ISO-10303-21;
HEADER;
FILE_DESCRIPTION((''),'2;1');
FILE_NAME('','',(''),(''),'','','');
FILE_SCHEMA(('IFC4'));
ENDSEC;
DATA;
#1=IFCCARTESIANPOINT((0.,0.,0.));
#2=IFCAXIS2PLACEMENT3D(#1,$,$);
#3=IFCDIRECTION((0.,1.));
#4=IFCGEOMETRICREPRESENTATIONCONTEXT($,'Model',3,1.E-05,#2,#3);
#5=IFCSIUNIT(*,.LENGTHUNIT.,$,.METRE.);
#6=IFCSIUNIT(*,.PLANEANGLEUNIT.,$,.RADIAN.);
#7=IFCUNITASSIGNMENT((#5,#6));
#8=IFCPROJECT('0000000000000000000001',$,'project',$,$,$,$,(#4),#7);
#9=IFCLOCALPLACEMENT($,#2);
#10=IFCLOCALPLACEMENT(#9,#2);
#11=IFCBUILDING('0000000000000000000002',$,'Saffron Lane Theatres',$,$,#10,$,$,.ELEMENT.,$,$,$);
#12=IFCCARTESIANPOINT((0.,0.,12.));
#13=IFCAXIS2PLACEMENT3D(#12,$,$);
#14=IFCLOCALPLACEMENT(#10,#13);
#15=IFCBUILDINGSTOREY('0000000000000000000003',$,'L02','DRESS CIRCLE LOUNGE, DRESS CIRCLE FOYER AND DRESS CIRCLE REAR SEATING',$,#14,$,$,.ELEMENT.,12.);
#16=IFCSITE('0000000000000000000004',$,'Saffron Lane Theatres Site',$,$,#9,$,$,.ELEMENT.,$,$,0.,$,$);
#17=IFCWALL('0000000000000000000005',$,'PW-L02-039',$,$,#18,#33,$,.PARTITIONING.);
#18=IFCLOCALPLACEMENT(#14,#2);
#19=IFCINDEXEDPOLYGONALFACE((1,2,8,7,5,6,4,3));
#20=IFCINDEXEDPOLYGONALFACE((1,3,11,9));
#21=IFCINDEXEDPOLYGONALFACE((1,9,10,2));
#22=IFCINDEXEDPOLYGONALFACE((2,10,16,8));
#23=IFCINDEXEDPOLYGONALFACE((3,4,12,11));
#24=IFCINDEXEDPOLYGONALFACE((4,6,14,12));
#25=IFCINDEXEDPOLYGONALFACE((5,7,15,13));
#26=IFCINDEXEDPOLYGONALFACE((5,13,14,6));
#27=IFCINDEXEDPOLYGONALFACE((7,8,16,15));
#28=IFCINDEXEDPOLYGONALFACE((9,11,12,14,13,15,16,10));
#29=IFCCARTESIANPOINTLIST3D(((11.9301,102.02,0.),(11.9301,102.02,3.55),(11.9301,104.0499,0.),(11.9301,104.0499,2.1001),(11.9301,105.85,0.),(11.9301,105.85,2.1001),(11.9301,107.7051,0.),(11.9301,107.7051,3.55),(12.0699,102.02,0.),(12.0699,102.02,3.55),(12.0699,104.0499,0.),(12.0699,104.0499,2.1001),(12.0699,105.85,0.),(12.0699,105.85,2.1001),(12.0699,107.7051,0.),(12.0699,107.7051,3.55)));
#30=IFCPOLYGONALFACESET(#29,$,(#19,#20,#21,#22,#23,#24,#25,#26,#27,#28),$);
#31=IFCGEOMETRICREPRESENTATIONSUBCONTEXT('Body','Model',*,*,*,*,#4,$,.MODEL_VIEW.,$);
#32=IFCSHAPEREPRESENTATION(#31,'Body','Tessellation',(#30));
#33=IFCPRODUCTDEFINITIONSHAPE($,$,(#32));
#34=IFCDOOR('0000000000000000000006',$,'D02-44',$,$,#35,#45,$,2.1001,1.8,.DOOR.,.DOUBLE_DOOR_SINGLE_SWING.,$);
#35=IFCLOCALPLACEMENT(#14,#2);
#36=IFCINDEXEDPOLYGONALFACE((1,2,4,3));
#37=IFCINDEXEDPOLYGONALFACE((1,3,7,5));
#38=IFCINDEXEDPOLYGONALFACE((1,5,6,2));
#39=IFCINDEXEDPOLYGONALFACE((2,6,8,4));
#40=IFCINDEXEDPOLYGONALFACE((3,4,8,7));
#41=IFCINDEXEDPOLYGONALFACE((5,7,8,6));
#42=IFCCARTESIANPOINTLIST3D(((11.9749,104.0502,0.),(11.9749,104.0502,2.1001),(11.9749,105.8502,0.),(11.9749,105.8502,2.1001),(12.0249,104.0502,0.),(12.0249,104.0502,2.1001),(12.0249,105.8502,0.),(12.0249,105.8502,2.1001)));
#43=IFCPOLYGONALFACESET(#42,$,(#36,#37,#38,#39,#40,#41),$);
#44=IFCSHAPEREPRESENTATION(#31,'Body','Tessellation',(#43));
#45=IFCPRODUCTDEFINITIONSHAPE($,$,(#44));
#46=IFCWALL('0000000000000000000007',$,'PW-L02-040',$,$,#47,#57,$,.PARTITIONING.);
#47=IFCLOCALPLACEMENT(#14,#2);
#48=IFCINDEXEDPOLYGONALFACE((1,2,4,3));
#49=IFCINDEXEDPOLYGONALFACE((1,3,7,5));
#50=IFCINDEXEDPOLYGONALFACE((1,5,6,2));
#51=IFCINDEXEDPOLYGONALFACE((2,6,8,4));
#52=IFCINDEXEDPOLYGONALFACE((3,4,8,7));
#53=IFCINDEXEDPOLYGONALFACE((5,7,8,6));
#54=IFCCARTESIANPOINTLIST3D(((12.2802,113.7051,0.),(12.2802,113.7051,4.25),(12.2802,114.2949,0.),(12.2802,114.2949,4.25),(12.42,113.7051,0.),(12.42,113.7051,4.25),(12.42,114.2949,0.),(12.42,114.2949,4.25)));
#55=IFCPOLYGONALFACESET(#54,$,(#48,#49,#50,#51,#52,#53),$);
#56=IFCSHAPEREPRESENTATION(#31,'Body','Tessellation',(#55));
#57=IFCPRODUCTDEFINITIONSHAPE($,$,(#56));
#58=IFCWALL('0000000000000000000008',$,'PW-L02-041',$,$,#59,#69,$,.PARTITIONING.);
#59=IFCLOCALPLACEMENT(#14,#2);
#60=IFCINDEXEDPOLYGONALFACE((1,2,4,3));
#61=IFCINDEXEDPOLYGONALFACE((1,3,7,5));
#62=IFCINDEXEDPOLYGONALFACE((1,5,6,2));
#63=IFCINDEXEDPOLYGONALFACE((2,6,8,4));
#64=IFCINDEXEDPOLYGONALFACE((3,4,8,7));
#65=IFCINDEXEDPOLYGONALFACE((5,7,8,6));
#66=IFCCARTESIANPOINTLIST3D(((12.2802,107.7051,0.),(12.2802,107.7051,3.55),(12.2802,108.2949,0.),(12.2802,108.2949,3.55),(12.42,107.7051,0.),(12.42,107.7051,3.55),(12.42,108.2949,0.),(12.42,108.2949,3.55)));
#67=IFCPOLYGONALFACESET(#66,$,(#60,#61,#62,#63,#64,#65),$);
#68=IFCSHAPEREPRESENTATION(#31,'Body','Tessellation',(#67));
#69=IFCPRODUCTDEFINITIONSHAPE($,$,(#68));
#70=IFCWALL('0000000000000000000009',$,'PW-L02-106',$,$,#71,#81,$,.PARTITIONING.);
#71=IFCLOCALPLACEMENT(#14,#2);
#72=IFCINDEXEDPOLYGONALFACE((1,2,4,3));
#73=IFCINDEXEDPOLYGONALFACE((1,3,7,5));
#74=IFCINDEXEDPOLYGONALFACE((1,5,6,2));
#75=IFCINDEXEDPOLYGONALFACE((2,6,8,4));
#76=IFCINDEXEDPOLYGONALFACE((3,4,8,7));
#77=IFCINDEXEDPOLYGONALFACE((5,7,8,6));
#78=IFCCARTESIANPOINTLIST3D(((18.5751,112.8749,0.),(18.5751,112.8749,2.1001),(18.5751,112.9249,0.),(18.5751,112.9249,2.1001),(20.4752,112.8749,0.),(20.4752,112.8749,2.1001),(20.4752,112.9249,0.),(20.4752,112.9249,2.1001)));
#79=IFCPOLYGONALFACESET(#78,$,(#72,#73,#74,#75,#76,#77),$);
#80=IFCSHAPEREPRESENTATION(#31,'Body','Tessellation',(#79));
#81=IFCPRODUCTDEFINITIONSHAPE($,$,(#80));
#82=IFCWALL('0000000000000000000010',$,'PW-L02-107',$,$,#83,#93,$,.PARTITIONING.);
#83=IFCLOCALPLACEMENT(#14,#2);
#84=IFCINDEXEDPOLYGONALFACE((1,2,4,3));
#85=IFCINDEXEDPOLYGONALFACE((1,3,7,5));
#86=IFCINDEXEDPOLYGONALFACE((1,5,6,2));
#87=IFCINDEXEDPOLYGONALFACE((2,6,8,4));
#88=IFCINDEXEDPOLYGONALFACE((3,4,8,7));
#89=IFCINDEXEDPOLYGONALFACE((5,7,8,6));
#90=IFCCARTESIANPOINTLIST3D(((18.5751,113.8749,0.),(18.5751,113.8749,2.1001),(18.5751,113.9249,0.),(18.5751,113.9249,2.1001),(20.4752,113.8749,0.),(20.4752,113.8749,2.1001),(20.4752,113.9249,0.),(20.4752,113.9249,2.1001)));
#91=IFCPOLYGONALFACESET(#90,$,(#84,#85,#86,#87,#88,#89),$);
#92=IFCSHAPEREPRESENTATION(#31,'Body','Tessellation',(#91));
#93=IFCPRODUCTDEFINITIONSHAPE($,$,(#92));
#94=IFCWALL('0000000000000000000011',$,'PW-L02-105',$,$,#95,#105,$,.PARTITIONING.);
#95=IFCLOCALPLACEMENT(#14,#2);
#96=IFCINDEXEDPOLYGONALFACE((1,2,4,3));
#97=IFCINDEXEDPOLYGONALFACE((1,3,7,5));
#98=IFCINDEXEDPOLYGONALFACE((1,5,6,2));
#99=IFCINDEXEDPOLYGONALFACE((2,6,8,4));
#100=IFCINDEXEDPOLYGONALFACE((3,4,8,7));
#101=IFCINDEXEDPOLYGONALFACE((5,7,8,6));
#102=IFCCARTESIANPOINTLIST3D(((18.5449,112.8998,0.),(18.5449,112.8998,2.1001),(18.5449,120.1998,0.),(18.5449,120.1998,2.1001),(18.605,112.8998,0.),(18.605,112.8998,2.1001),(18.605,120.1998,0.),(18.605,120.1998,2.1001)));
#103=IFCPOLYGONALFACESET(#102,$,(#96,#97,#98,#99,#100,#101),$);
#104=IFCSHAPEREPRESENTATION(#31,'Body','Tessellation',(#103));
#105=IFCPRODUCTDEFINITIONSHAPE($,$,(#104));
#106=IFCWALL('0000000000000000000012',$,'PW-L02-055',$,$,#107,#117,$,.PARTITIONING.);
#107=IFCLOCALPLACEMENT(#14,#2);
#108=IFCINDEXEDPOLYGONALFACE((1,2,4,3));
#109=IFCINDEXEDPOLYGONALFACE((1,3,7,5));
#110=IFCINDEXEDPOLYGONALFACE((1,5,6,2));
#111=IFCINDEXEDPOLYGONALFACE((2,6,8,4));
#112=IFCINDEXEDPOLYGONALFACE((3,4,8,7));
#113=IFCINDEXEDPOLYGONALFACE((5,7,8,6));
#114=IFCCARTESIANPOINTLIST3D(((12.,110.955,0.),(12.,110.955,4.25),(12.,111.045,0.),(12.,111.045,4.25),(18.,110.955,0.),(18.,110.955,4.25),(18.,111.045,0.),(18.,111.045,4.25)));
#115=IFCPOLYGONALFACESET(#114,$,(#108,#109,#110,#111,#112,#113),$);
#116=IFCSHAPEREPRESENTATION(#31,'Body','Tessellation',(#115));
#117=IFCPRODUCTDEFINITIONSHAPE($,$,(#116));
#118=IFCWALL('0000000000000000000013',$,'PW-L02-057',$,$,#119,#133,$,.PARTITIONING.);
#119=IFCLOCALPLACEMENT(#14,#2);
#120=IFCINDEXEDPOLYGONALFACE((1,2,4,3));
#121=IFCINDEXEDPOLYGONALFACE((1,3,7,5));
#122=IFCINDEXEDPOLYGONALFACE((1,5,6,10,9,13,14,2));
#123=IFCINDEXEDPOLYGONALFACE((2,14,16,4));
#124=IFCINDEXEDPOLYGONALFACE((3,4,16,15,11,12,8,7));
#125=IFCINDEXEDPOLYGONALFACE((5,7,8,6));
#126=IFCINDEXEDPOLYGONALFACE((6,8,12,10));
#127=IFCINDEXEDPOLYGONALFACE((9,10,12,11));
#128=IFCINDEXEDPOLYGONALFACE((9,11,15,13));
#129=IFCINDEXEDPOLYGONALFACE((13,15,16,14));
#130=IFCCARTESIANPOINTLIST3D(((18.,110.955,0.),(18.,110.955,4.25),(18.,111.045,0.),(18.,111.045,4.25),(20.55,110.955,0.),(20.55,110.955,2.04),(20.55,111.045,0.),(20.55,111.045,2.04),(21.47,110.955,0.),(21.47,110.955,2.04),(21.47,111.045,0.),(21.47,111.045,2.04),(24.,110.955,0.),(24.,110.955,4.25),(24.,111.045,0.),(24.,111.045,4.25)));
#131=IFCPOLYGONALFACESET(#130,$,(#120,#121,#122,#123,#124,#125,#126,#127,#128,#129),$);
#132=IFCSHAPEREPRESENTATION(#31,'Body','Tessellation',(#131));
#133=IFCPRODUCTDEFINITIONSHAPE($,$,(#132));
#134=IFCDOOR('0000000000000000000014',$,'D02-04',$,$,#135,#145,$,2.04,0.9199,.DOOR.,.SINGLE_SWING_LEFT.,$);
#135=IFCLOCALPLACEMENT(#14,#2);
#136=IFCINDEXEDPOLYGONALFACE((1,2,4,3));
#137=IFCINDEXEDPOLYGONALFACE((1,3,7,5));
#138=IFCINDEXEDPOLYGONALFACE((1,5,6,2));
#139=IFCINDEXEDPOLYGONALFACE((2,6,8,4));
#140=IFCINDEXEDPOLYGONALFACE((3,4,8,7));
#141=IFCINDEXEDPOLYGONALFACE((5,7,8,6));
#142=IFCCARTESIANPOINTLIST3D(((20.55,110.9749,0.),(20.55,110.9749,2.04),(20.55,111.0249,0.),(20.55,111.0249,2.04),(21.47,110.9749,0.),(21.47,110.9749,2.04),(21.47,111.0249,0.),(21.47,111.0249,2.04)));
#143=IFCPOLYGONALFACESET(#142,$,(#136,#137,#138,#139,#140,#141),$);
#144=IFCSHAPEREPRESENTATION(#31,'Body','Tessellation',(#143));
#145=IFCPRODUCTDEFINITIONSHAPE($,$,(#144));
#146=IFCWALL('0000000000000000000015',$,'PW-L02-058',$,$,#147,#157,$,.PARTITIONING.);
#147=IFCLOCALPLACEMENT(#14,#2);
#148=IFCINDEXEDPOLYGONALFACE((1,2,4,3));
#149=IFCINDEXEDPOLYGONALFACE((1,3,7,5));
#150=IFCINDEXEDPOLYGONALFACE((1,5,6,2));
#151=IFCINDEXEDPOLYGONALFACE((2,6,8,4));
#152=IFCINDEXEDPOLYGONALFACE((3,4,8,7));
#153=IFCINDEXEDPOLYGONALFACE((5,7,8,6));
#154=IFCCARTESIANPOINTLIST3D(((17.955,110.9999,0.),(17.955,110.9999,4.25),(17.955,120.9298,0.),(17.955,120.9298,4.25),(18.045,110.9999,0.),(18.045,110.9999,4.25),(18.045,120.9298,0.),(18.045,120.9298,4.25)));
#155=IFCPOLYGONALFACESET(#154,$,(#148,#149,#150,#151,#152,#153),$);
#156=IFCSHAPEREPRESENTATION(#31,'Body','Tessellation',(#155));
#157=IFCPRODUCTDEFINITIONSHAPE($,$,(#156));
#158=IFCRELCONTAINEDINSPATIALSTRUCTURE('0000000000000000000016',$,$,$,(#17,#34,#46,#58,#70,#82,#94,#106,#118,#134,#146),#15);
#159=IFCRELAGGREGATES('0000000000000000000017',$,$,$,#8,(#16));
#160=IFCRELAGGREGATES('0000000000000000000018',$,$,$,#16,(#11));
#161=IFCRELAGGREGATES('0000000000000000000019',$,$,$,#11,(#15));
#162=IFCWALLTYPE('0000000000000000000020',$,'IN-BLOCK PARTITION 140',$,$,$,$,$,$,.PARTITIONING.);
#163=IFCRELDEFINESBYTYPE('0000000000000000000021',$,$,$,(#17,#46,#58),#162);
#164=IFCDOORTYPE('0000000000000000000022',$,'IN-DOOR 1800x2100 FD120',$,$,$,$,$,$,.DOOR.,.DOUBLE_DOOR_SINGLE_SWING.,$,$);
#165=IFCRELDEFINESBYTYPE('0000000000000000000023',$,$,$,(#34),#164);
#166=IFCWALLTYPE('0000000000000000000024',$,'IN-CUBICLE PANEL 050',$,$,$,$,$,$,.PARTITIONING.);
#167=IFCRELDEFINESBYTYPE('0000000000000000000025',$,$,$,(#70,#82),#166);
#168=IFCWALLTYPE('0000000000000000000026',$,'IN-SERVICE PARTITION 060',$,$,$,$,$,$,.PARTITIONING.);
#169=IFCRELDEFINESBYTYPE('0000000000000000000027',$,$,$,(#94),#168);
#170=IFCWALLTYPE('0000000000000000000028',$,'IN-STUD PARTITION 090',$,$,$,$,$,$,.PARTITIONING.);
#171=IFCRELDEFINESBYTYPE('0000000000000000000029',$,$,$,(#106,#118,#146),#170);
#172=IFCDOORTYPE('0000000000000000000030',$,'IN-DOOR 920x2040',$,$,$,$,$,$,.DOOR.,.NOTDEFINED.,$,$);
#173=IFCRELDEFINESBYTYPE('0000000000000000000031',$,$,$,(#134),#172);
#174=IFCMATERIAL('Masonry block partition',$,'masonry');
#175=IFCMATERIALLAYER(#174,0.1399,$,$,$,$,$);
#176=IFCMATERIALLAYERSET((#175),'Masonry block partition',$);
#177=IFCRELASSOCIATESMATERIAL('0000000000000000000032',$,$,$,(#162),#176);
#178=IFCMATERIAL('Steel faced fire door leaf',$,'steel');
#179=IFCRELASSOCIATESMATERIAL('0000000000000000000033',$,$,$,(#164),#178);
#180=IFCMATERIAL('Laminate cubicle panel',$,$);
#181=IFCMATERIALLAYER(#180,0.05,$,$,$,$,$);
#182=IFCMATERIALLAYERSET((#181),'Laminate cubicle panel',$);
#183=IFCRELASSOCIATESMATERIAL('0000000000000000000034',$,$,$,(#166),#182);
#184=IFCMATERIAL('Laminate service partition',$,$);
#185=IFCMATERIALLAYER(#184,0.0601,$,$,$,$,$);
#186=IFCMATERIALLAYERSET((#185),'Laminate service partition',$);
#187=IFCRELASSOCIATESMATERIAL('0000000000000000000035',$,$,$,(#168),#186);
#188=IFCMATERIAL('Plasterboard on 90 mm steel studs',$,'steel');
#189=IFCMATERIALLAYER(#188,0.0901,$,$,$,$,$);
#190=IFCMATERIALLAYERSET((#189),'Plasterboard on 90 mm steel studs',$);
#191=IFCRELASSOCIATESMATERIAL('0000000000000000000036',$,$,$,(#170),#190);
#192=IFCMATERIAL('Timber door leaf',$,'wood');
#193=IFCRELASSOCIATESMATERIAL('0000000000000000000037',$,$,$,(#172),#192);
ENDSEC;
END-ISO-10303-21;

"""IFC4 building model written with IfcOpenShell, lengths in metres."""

from ifc_helpers import new_model, si_unit, direction, frame, frame_2d, origin, place, context, subcontext, project, spatial, rectangle, extrude, material, layer, layer_set, type_object, element, fill, save


model = new_model("IFC4")

# Units and contexts
model_context = context("Model", 3, precision=1e-05, world=origin(), true_north=direction((0.0, 1.0)))
body_context = subcontext(model_context, "Body", "Model", "MODEL_VIEW")
ifc_project = project(units=[si_unit("LENGTHUNIT", "METRE"), si_unit("PLANEANGLEUNIT", "RADIAN")], contexts=[model_context])

# Site, building, storey
site_placement = place(None, origin())
site = spatial("IfcSite", under=ifc_project, at=site_placement, Name="Saffron Lane Theatres Site", CompositionType="ELEMENT", RefElevation=0.0)
building_placement = place(site_placement, origin())
building = spatial("IfcBuilding", under=site, at=building_placement, Name="Saffron Lane Theatres", CompositionType="ELEMENT")
storey_placement = place(building_placement, frame((0.0, 0.0, 12.0)))
storey = spatial("IfcBuildingStorey", under=building, at=storey_placement, Name="L02", Description="DRESS CIRCLE LOUNGE, DRESS CIRCLE FOYER AND DRESS CIRCLE REAR SEATING", CompositionType="ELEMENT", Elevation=12.0)

# Wall, opening, door
ifc_material_1 = material(Name="Masonry block partition", Category="masonry")
ifc_layer_1 = layer(ifc_material_1, 0.1399)
ifc_layer_set_1 = layer_set([ifc_layer_1], Name="Masonry block partition")
wall_type_1 = type_object("IfcWallType", Name="IN-BLOCK PARTITION 140", PredefinedType="PARTITIONING", material=ifc_layer_set_1)
ifc_material_2 = material(Name="Steel faced fire door leaf", Category="steel")
door_type_1 = type_object("IfcDoorType", Name="IN-DOOR 1800x2100 FD120", OperationType="DOUBLE_DOOR_SINGLE_SWING", PredefinedType="DOOR", material=ifc_material_2)
wall_1_placement = place(storey_placement, frame((12.0, 102.02, 0.0), z_axis=(0.0, 0.0, 1.0), x_axis=(0.0, 1.0, 0.0)))
wall_1 = element("IfcWall", 1, at=wall_1_placement, inside=storey, type_object=wall_type_1, Name="PW-L02-039", PredefinedType="PARTITIONING", context=body_context, shape_type="SweptSolid", body=[
    extrude(rectangle(XDim=5.6851, YDim=0.1399, at=frame_2d((2.8425, 0.0))), origin(), (0.0, 0.0, 1.0), 3.55),
])
opening_1_placement = place(wall_1_placement, frame((2.03, 0.0, 0.0)))
opening_1 = element("IfcOpeningElement", 2, at=opening_1_placement, cuts=wall_1, PredefinedType="OPENING", context=body_context, shape_type="SweptSolid", body=[
    extrude(rectangle(XDim=1.8, YDim=2.1001, at=frame_2d((0.8999, 1.05))), frame((0.0, 0.0801, 0.0), z_axis=(0.0, -1.0, 0.0), x_axis=(1.0, 0.0, 0.0)), (0.0, 0.0, 1.0), 0.1599),
])
door_1_placement = place(opening_1_placement, frame((1.8, 0.0, 0.0), z_axis=(0.0, 0.0, 1.0), x_axis=(-1.0, 0.0, 0.0)))
door_1 = element("IfcDoor", 3, at=door_1_placement, inside=storey, type_object=door_type_1, Name="D02-44", OperationType="DOUBLE_DOOR_SINGLE_SWING", OverallHeight=2.1001, OverallWidth=1.8, PredefinedType="DOOR", context=body_context, shape_type="SweptSolid", body=[
    extrude(rectangle(XDim=1.8, YDim=2.1001, at=frame_2d((0.8999, 1.05))), frame((0.0, 0.0249, 0.0), z_axis=(0.0, -1.0, 0.0), x_axis=(1.0, 0.0, 0.0)), (0.0, 0.0, 1.0), 0.05),
])
fill(opening_1, door_1)

# Walls
wall_2_placement = place(storey_placement, frame((12.3501, 113.7051, 0.0), z_axis=(0.0, 0.0, 1.0), x_axis=(0.0, 1.0, 0.0)))
element("IfcWall", 4, at=wall_2_placement, inside=storey, type_object=wall_type_1, Name="PW-L02-040", PredefinedType="PARTITIONING", context=body_context, shape_type="SweptSolid", body=[
    extrude(rectangle(XDim=0.5898, YDim=0.1399, at=frame_2d((0.2949, 0.0))), origin(), (0.0, 0.0, 1.0), 4.25),
])
wall_3_placement = place(storey_placement, frame((12.3501, 107.7051, 0.0), z_axis=(0.0, 0.0, 1.0), x_axis=(0.0, 1.0, 0.0)))
element("IfcWall", 5, at=wall_3_placement, inside=storey, type_object=wall_type_1, Name="PW-L02-041", PredefinedType="PARTITIONING", context=body_context, shape_type="SweptSolid", body=[
    extrude(rectangle(XDim=0.5898, YDim=0.1399, at=frame_2d((0.2949, 0.0))), origin(), (0.0, 0.0, 1.0), 3.55),
])
ifc_material_3 = material(Name="Laminate cubicle panel")
ifc_layer_2 = layer(ifc_material_3, 0.05)
ifc_layer_set_2 = layer_set([ifc_layer_2], Name="Laminate cubicle panel")
wall_type_2 = type_object("IfcWallType", Name="IN-CUBICLE PANEL 050", PredefinedType="PARTITIONING", material=ifc_layer_set_2)
for number, where, z_axis, x_axis, name in (
    (6, (18.575, 112.8999, 0.0), (0.0, 0.0, 1.0), (1.0, 0.0, 0.0), "PW-L02-106"),
    (7, (18.575, 113.8999, 0.0), (0.0, 0.0, 1.0), (1.0, 0.0, 0.0), "PW-L02-107"),
):
    element("IfcWall", number, at=place(storey_placement, frame(where, z_axis=z_axis, x_axis=x_axis)), inside=storey, type_object=wall_type_2, Name=name, PredefinedType="PARTITIONING", context=body_context, shape_type="SweptSolid", body=[
        extrude(rectangle(XDim=1.9001, YDim=0.05, at=frame_2d((0.9502, 0.0))), origin(), (0.0, 0.0, 1.0), 2.1001),
    ])
ifc_material_4 = material(Name="Laminate service partition")
ifc_layer_3 = layer(ifc_material_4, 0.0601)
ifc_layer_set_3 = layer_set([ifc_layer_3], Name="Laminate service partition")
wall_type_3 = type_object("IfcWallType", Name="IN-SERVICE PARTITION 060", PredefinedType="PARTITIONING", material=ifc_layer_set_3)
wall_4_placement = place(storey_placement, frame((18.575, 112.8999, 0.0), z_axis=(0.0, 0.0, 1.0), x_axis=(0.0, 1.0, 0.0)))
element("IfcWall", 8, at=wall_4_placement, inside=storey, type_object=wall_type_3, Name="PW-L02-105", PredefinedType="PARTITIONING", context=body_context, shape_type="SweptSolid", body=[
    extrude(rectangle(XDim=7.3, YDim=0.0601, at=frame_2d((3.6499, 0.0))), origin(), (0.0, 0.0, 1.0), 2.1001),
])
ifc_material_5 = material(Name="Plasterboard on 90 mm steel studs", Category="steel")
ifc_layer_4 = layer(ifc_material_5, 0.0901)
ifc_layer_set_4 = layer_set([ifc_layer_4], Name="Plasterboard on 90 mm steel studs")
wall_type_4 = type_object("IfcWallType", Name="IN-STUD PARTITION 090", PredefinedType="PARTITIONING", material=ifc_layer_set_4)
wall_5_placement = place(storey_placement, frame((12.0, 111.0, 0.0), z_axis=(0.0, 0.0, 1.0), x_axis=(1.0, 0.0, 0.0)))
element("IfcWall", 9, at=wall_5_placement, inside=storey, type_object=wall_type_4, Name="PW-L02-055", PredefinedType="PARTITIONING", context=body_context, shape_type="SweptSolid", body=[
    extrude(rectangle(XDim=6.0, YDim=0.0901, at=frame_2d((3.0, 0.0))), origin(), (0.0, 0.0, 1.0), 4.25),
])

# Wall, opening, door
wall_6_placement = place(storey_placement, frame((18.0, 111.0, 0.0), z_axis=(0.0, 0.0, 1.0), x_axis=(1.0, 0.0, 0.0)))
wall_6 = element("IfcWall", 10, at=wall_6_placement, inside=storey, type_object=wall_type_4, Name="PW-L02-057", PredefinedType="PARTITIONING", context=body_context, shape_type="SweptSolid", body=[
    extrude(rectangle(XDim=6.0, YDim=0.0901, at=frame_2d((3.0, 0.0))), origin(), (0.0, 0.0, 1.0), 4.25),
])
opening_2_placement = place(wall_6_placement, frame((2.55, 0.0, 0.0)))
opening_2 = element("IfcOpeningElement", 11, at=opening_2_placement, cuts=wall_6, PredefinedType="OPENING", context=body_context, shape_type="SweptSolid", body=[
    extrude(rectangle(XDim=0.9199, YDim=2.04, at=frame_2d((0.46, 1.02))), frame((0.0, 0.0552, 0.0), z_axis=(0.0, -1.0, 0.0), x_axis=(1.0, 0.0, 0.0)), (0.0, 0.0, 1.0), 0.1101),
])
ifc_material_6 = material(Name="Timber door leaf", Category="wood")
door_type_2 = type_object("IfcDoorType", Name="IN-DOOR 920x2040", OperationType="NOTDEFINED", PredefinedType="DOOR", material=ifc_material_6)
door_2_placement = place(opening_2_placement, origin())
door_2 = element("IfcDoor", 12, at=door_2_placement, inside=storey, type_object=door_type_2, Name="D02-04", OperationType="SINGLE_SWING_LEFT", OverallHeight=2.04, OverallWidth=0.9199, PredefinedType="DOOR", context=body_context, shape_type="SweptSolid", body=[
    extrude(rectangle(XDim=0.9199, YDim=2.04, at=frame_2d((0.46, 1.02))), frame((0.0, 0.0249, 0.0), z_axis=(0.0, -1.0, 0.0), x_axis=(1.0, 0.0, 0.0)), (0.0, 0.0, 1.0), 0.05),
])
fill(opening_2, door_2)

# Wall
wall_7_placement = place(storey_placement, frame((18.0, 111.0, 0.0), z_axis=(0.0, 0.0, 1.0), x_axis=(0.0, 1.0, 0.0)))
element("IfcWall", 13, at=wall_7_placement, inside=storey, type_object=wall_type_4, Name="PW-L02-058", PredefinedType="PARTITIONING", context=body_context, shape_type="SweptSolid", body=[
    extrude(rectangle(XDim=9.9299, YDim=0.0901, at=frame_2d((4.9648, 0.0))), origin(), (0.0, 0.0, 1.0), 4.25),
])

save(model, "model.ifc")
